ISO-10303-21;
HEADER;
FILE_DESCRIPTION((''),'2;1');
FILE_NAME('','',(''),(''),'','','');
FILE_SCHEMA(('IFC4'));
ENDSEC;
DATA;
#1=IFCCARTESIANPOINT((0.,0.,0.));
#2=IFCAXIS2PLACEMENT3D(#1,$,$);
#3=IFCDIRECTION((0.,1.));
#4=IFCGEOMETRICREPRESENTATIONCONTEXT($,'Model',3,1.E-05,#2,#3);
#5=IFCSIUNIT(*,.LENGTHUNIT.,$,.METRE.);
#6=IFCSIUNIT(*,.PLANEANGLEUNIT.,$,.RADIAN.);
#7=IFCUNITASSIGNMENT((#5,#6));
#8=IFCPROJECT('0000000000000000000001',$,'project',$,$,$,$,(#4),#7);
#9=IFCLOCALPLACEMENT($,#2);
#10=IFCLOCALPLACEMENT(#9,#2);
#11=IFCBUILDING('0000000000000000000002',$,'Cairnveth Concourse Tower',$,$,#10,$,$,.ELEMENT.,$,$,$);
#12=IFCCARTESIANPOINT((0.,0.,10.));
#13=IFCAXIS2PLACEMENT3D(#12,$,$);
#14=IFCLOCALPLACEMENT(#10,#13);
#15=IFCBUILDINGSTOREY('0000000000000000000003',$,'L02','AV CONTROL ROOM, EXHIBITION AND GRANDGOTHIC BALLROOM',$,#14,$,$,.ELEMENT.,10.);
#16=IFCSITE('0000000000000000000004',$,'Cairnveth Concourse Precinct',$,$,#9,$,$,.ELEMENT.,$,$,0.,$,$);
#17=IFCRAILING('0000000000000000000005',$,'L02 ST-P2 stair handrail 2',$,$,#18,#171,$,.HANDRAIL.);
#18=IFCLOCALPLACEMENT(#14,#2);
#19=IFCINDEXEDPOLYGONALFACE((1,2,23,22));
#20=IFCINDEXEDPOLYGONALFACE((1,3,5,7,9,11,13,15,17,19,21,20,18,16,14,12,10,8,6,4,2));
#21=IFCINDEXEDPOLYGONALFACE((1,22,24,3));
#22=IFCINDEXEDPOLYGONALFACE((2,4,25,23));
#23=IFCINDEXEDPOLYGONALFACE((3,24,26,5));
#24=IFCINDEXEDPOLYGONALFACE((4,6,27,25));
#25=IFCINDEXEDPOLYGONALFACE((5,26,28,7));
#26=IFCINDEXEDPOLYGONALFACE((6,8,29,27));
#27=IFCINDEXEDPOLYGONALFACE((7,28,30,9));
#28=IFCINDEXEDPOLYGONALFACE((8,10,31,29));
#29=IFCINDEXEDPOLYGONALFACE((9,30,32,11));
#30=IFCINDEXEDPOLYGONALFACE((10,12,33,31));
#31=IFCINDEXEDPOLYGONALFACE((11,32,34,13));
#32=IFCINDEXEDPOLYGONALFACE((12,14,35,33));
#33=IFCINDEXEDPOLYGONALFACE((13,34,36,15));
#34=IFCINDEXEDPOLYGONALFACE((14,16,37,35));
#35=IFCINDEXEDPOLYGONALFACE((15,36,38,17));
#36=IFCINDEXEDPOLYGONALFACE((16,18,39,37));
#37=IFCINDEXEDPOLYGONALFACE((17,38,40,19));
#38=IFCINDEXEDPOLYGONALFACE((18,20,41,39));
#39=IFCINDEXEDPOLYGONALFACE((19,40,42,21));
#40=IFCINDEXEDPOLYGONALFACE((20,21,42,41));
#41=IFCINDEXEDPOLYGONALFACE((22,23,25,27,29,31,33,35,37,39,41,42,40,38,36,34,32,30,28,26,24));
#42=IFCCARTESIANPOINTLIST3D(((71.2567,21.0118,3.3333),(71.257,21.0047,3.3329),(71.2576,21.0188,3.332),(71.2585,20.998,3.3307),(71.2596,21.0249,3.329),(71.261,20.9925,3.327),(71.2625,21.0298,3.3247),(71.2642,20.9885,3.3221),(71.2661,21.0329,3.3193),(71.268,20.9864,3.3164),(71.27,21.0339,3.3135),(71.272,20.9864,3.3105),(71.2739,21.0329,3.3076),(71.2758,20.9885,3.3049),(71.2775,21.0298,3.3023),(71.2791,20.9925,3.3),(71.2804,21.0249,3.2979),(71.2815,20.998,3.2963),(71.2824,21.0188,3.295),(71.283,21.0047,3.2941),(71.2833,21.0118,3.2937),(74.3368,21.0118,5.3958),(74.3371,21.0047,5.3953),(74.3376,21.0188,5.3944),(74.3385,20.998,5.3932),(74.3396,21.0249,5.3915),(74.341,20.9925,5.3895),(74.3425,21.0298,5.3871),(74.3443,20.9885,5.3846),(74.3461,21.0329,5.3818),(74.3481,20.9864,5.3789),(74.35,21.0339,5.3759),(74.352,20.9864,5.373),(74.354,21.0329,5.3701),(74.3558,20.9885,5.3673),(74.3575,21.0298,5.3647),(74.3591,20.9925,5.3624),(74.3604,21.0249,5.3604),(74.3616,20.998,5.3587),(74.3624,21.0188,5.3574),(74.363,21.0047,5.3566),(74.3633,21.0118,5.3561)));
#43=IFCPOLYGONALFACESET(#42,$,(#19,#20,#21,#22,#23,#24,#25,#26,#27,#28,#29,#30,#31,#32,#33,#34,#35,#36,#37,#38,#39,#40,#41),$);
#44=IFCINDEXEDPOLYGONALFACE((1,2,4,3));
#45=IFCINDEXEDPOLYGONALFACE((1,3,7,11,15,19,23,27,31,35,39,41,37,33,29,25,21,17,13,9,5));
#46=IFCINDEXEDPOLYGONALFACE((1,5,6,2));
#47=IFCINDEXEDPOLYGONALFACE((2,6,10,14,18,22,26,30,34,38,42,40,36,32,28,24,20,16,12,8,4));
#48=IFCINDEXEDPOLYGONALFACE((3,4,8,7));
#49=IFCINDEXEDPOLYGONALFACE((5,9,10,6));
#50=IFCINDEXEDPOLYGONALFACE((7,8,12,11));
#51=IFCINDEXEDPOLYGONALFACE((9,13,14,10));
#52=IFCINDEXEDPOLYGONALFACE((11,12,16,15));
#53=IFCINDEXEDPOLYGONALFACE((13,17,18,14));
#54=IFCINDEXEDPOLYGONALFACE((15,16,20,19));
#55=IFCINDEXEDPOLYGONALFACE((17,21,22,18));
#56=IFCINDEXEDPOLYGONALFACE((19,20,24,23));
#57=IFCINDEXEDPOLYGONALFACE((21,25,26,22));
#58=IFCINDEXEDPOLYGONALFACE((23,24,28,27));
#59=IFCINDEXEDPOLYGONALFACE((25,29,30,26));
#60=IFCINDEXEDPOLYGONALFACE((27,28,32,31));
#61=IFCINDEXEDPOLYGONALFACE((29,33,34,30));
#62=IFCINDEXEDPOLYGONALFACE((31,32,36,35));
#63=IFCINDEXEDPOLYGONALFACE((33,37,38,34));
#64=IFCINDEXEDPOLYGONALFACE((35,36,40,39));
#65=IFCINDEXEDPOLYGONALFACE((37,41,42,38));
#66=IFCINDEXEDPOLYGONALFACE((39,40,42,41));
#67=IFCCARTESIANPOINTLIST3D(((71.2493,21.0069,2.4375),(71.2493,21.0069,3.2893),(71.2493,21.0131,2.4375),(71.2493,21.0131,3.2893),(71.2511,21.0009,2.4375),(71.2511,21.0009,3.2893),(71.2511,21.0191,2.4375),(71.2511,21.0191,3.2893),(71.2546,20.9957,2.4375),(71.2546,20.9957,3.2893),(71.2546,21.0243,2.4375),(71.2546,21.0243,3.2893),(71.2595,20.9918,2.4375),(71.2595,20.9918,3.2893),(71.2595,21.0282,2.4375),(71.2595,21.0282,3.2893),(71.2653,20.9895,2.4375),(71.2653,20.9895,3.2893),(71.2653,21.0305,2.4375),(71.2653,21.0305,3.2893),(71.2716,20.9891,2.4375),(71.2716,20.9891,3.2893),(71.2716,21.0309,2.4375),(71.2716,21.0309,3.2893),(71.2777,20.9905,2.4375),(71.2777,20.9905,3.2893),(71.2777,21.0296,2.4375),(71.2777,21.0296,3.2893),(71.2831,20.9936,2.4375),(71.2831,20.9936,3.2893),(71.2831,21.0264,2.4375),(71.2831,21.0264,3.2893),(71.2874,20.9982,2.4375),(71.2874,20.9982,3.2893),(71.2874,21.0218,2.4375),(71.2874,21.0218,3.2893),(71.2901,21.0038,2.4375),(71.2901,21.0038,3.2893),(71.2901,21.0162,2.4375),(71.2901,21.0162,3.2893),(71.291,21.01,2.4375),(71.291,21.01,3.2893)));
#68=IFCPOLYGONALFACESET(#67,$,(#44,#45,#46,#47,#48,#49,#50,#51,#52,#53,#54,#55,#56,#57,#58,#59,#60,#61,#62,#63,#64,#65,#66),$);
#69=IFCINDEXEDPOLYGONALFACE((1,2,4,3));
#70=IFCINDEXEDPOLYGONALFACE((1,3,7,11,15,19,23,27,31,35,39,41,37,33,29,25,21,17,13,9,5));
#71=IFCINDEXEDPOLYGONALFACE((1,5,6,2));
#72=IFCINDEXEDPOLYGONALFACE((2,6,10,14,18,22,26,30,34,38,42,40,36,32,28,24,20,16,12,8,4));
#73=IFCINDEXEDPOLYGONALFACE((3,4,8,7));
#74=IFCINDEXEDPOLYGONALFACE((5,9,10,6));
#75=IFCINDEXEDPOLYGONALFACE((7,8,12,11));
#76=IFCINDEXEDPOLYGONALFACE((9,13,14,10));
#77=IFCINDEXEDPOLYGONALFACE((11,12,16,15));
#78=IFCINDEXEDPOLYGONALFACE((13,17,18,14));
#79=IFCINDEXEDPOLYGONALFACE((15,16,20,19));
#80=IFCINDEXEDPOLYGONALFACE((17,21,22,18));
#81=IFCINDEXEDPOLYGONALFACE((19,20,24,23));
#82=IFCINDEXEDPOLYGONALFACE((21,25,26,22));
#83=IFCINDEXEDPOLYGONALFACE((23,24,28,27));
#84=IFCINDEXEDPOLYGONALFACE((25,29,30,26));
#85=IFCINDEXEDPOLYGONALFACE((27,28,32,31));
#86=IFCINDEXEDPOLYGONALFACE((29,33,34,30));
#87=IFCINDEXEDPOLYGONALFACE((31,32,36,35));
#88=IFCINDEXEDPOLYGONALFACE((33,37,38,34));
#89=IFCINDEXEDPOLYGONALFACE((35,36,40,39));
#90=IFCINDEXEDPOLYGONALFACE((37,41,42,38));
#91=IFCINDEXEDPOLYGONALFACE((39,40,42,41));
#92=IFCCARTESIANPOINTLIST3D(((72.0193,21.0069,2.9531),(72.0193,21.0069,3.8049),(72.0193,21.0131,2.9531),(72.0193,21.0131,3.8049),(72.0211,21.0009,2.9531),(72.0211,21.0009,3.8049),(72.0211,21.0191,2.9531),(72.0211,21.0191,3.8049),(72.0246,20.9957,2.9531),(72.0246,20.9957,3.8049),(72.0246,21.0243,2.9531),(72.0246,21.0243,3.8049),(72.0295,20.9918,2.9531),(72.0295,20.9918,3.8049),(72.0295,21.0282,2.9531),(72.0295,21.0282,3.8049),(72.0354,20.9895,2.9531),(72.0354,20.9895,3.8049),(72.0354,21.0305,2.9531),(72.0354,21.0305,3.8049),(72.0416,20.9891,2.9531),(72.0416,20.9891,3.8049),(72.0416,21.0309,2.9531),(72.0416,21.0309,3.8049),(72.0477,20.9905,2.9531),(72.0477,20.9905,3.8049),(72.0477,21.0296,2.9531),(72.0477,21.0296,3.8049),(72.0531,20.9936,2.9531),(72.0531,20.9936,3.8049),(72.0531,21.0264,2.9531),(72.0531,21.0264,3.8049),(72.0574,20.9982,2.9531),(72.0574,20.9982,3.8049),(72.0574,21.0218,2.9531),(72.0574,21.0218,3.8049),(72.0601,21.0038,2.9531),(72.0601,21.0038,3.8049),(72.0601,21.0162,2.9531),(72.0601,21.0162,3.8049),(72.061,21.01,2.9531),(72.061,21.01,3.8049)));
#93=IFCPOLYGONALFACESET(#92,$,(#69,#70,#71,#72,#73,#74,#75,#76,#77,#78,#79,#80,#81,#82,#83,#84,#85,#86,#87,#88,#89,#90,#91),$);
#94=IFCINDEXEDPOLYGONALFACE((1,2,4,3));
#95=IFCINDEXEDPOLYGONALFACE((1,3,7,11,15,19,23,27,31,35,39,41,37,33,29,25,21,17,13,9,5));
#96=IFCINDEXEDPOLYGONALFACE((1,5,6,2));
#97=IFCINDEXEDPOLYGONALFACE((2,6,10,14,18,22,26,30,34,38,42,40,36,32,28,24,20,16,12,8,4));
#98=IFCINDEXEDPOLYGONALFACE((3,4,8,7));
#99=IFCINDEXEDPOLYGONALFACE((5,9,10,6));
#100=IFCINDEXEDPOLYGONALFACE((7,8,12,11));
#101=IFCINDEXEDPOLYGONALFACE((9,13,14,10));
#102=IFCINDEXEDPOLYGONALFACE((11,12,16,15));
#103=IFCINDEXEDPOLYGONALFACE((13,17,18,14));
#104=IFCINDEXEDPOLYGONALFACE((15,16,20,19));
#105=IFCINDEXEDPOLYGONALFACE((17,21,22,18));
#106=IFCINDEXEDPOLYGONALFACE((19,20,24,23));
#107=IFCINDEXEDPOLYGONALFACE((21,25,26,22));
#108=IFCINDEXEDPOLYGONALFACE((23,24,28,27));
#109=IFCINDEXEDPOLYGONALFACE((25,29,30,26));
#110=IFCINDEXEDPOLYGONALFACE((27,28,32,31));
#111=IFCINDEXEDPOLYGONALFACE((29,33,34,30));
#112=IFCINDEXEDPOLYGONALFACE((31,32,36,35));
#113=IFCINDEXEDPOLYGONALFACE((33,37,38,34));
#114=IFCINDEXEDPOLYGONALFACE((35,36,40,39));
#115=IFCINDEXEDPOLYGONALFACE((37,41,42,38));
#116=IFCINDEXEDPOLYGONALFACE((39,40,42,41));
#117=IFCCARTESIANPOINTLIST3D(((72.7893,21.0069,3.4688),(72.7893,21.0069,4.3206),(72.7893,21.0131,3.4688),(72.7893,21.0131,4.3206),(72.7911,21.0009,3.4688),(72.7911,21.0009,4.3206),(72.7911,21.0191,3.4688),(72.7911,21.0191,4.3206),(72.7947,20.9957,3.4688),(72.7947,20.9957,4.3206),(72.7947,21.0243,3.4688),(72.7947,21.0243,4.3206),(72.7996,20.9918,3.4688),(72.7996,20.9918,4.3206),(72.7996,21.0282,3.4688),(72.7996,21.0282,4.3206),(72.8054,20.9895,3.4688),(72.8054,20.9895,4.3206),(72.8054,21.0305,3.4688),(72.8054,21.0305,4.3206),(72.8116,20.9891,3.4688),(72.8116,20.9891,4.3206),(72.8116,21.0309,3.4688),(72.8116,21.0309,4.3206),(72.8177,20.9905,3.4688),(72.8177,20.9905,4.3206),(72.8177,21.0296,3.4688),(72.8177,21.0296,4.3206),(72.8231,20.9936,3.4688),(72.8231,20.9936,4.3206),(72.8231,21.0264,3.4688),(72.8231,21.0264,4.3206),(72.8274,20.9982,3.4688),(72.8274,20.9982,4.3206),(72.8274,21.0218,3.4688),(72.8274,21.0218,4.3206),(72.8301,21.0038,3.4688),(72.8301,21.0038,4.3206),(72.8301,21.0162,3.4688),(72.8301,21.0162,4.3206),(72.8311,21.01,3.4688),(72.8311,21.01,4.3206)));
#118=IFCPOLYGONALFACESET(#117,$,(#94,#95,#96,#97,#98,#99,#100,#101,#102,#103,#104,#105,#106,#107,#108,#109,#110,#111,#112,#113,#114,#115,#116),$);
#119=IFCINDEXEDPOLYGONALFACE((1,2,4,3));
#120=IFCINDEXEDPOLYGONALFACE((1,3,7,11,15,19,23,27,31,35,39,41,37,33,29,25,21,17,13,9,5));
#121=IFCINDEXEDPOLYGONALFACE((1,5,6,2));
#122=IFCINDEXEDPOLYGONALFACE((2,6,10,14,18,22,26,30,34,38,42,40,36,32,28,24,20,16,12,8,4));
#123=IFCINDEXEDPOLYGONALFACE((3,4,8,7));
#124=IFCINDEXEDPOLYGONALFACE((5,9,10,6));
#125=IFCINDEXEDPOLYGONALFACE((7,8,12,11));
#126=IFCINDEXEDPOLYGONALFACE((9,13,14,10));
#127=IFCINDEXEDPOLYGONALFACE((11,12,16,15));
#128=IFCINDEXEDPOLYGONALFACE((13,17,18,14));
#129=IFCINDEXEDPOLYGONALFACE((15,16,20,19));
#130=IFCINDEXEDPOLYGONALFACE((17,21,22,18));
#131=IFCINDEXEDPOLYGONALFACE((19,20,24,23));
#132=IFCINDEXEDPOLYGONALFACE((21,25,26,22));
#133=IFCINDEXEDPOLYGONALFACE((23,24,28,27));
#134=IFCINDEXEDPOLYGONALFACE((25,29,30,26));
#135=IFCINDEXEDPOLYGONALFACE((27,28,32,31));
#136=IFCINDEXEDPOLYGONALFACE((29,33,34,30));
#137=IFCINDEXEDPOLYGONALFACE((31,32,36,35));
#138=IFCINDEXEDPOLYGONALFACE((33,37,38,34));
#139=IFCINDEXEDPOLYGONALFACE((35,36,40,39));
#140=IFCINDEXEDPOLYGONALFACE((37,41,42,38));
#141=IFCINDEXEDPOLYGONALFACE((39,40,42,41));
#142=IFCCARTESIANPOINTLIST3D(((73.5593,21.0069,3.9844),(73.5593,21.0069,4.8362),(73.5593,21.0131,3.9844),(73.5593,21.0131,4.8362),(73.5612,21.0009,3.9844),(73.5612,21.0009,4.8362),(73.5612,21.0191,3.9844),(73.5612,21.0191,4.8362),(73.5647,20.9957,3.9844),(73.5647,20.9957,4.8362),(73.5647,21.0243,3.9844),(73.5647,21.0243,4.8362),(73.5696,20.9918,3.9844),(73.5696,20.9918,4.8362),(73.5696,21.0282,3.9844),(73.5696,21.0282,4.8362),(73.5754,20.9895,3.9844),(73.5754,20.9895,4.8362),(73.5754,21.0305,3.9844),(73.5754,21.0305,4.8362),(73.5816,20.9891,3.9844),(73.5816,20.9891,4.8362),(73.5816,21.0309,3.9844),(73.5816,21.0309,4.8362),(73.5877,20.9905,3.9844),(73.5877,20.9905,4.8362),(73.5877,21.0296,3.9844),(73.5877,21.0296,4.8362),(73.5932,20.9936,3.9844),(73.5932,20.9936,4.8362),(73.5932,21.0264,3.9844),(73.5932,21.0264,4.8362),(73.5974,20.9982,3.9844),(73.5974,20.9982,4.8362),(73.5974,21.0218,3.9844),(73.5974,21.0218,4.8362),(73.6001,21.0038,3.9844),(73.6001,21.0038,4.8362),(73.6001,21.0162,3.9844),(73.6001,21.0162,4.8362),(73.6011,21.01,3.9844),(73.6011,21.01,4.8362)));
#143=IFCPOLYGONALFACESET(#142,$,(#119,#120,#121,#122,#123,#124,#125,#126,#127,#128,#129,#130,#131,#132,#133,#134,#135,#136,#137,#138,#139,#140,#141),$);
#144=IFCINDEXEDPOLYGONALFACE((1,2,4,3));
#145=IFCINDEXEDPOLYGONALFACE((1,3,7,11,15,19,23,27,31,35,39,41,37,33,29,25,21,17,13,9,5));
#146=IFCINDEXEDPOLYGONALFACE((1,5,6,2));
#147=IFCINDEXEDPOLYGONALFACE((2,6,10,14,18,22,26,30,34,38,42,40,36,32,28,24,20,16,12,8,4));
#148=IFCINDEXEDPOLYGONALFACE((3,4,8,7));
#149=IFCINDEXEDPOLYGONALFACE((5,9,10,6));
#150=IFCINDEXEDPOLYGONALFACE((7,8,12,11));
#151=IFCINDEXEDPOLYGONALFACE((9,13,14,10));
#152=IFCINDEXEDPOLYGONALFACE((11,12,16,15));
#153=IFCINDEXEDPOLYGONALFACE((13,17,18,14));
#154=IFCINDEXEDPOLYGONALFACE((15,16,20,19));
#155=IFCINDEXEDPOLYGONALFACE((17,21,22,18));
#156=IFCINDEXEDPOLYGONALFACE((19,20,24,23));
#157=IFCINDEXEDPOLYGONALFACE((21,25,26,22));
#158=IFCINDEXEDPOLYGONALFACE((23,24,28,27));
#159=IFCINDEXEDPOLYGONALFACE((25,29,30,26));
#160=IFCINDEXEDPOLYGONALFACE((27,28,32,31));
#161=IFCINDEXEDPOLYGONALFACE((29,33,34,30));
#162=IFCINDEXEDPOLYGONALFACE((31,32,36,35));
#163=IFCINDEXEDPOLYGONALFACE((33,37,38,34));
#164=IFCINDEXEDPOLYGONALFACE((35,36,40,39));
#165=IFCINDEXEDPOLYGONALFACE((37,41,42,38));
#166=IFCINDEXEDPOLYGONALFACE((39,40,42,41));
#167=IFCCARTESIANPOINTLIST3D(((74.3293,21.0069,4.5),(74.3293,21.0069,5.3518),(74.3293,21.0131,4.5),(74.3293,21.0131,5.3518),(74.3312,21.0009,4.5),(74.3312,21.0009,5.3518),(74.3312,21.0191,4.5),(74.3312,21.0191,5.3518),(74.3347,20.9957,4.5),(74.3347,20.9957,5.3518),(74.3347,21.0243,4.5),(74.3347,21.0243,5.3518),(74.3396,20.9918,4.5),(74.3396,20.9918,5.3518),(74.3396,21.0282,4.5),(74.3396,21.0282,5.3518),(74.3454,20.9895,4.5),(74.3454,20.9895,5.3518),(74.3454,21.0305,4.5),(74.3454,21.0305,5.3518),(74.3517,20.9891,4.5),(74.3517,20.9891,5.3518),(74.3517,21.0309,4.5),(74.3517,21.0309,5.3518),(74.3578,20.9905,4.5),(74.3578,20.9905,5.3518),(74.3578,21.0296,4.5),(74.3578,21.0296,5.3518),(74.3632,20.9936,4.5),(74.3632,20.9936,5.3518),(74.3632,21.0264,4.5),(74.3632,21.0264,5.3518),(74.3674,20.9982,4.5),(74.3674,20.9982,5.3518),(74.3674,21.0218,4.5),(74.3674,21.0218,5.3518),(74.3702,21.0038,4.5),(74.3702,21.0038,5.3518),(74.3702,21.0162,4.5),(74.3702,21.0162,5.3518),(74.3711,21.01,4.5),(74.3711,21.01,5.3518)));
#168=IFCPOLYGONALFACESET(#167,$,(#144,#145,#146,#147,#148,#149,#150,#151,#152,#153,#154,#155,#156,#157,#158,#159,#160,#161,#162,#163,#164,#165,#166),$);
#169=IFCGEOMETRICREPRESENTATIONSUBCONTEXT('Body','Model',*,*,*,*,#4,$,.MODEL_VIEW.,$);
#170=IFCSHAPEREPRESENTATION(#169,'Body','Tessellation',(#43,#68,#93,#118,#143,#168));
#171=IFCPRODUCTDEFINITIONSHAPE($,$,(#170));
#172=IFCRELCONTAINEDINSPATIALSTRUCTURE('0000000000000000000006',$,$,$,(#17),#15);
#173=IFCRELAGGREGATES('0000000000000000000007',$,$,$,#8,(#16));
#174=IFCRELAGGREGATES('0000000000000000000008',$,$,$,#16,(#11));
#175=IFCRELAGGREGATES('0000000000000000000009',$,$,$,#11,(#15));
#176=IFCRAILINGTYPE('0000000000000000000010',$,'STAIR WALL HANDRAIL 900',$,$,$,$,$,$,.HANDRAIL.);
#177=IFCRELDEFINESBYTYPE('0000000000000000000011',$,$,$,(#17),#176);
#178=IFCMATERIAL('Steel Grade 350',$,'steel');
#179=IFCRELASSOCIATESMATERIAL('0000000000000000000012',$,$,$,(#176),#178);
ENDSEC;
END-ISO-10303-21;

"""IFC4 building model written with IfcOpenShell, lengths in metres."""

from ifc_helpers import new_model, si_unit, direction, frame, origin, origin_2d, place, context, subcontext, project, spatial, circle, extrude, material, type_object, element, save


model = new_model("IFC4")

# Units and contexts
model_context = context("Model", 3, precision=1e-05, world=origin(), true_north=direction((0.0, 1.0)))
body_context = subcontext(model_context, "Body", "Model", "MODEL_VIEW")
ifc_project = project(units=[si_unit("LENGTHUNIT", "METRE"), si_unit("PLANEANGLEUNIT", "RADIAN")], contexts=[model_context])

# Site, building, storey
site_placement = place(None, origin())
site = spatial("IfcSite", under=ifc_project, at=site_placement, Name="Cairnveth Concourse Precinct", CompositionType="ELEMENT", RefElevation=0.0)
building_placement = place(site_placement, origin())
building = spatial("IfcBuilding", under=site, at=building_placement, Name="Cairnveth Concourse Tower", CompositionType="ELEMENT")
storey_placement = place(building_placement, frame((0.0, 0.0, 10.0)))
storey = spatial("IfcBuildingStorey", under=building, at=storey_placement, Name="L02", Description="AV CONTROL ROOM, EXHIBITION AND GRANDGOTHIC BALLROOM", CompositionType="ELEMENT", Elevation=10.0)

# Shared definitions
ifc_material_1 = material(Name="Steel Grade 350", Category="steel")

# Railing
railing_type_1 = type_object("IfcRailingType", Name="STAIR WALL HANDRAIL 900", PredefinedType="HANDRAIL", material=ifc_material_1)
railing_1_placement = place(storey_placement, frame((71.27, 21.01, 2.4375)))
element("IfcRailing", 1, at=railing_1_placement, inside=storey, type_object=railing_type_1, Name="L02 ST-P2 stair handrail 2", PredefinedType="HANDRAIL", context=body_context, shape_type="SweptSolid", body=[
    extrude(circle(Radius=0.0239, at=origin_2d()), frame((0.0, 0.0, 0.876), z_axis=(0.830914, 0.0, 0.556401), x_axis=(0.0, 1.0, 0.0)), (0.0, 0.0, 1.0), 3.7068),
    extrude(circle(Radius=0.021, at=origin_2d()), origin(), (0.0, 0.0, 1.0), 0.8518),
    extrude(circle(Radius=0.021, at=origin_2d()), frame((0.77, 0.0, 0.5156)), (0.0, 0.0, 1.0), 0.8518),
    extrude(circle(Radius=0.021, at=origin_2d()), frame((1.54, 0.0, 1.0312)), (0.0, 0.0, 1.0), 0.8518),
    extrude(circle(Radius=0.021, at=origin_2d()), frame((2.3101, 0.0, 1.5469)), (0.0, 0.0, 1.0), 0.8518),
    extrude(circle(Radius=0.021, at=origin_2d()), frame((3.0801, 0.0, 2.0625)), (0.0, 0.0, 1.0), 0.8518),
])

save(model, "model.ifc")
